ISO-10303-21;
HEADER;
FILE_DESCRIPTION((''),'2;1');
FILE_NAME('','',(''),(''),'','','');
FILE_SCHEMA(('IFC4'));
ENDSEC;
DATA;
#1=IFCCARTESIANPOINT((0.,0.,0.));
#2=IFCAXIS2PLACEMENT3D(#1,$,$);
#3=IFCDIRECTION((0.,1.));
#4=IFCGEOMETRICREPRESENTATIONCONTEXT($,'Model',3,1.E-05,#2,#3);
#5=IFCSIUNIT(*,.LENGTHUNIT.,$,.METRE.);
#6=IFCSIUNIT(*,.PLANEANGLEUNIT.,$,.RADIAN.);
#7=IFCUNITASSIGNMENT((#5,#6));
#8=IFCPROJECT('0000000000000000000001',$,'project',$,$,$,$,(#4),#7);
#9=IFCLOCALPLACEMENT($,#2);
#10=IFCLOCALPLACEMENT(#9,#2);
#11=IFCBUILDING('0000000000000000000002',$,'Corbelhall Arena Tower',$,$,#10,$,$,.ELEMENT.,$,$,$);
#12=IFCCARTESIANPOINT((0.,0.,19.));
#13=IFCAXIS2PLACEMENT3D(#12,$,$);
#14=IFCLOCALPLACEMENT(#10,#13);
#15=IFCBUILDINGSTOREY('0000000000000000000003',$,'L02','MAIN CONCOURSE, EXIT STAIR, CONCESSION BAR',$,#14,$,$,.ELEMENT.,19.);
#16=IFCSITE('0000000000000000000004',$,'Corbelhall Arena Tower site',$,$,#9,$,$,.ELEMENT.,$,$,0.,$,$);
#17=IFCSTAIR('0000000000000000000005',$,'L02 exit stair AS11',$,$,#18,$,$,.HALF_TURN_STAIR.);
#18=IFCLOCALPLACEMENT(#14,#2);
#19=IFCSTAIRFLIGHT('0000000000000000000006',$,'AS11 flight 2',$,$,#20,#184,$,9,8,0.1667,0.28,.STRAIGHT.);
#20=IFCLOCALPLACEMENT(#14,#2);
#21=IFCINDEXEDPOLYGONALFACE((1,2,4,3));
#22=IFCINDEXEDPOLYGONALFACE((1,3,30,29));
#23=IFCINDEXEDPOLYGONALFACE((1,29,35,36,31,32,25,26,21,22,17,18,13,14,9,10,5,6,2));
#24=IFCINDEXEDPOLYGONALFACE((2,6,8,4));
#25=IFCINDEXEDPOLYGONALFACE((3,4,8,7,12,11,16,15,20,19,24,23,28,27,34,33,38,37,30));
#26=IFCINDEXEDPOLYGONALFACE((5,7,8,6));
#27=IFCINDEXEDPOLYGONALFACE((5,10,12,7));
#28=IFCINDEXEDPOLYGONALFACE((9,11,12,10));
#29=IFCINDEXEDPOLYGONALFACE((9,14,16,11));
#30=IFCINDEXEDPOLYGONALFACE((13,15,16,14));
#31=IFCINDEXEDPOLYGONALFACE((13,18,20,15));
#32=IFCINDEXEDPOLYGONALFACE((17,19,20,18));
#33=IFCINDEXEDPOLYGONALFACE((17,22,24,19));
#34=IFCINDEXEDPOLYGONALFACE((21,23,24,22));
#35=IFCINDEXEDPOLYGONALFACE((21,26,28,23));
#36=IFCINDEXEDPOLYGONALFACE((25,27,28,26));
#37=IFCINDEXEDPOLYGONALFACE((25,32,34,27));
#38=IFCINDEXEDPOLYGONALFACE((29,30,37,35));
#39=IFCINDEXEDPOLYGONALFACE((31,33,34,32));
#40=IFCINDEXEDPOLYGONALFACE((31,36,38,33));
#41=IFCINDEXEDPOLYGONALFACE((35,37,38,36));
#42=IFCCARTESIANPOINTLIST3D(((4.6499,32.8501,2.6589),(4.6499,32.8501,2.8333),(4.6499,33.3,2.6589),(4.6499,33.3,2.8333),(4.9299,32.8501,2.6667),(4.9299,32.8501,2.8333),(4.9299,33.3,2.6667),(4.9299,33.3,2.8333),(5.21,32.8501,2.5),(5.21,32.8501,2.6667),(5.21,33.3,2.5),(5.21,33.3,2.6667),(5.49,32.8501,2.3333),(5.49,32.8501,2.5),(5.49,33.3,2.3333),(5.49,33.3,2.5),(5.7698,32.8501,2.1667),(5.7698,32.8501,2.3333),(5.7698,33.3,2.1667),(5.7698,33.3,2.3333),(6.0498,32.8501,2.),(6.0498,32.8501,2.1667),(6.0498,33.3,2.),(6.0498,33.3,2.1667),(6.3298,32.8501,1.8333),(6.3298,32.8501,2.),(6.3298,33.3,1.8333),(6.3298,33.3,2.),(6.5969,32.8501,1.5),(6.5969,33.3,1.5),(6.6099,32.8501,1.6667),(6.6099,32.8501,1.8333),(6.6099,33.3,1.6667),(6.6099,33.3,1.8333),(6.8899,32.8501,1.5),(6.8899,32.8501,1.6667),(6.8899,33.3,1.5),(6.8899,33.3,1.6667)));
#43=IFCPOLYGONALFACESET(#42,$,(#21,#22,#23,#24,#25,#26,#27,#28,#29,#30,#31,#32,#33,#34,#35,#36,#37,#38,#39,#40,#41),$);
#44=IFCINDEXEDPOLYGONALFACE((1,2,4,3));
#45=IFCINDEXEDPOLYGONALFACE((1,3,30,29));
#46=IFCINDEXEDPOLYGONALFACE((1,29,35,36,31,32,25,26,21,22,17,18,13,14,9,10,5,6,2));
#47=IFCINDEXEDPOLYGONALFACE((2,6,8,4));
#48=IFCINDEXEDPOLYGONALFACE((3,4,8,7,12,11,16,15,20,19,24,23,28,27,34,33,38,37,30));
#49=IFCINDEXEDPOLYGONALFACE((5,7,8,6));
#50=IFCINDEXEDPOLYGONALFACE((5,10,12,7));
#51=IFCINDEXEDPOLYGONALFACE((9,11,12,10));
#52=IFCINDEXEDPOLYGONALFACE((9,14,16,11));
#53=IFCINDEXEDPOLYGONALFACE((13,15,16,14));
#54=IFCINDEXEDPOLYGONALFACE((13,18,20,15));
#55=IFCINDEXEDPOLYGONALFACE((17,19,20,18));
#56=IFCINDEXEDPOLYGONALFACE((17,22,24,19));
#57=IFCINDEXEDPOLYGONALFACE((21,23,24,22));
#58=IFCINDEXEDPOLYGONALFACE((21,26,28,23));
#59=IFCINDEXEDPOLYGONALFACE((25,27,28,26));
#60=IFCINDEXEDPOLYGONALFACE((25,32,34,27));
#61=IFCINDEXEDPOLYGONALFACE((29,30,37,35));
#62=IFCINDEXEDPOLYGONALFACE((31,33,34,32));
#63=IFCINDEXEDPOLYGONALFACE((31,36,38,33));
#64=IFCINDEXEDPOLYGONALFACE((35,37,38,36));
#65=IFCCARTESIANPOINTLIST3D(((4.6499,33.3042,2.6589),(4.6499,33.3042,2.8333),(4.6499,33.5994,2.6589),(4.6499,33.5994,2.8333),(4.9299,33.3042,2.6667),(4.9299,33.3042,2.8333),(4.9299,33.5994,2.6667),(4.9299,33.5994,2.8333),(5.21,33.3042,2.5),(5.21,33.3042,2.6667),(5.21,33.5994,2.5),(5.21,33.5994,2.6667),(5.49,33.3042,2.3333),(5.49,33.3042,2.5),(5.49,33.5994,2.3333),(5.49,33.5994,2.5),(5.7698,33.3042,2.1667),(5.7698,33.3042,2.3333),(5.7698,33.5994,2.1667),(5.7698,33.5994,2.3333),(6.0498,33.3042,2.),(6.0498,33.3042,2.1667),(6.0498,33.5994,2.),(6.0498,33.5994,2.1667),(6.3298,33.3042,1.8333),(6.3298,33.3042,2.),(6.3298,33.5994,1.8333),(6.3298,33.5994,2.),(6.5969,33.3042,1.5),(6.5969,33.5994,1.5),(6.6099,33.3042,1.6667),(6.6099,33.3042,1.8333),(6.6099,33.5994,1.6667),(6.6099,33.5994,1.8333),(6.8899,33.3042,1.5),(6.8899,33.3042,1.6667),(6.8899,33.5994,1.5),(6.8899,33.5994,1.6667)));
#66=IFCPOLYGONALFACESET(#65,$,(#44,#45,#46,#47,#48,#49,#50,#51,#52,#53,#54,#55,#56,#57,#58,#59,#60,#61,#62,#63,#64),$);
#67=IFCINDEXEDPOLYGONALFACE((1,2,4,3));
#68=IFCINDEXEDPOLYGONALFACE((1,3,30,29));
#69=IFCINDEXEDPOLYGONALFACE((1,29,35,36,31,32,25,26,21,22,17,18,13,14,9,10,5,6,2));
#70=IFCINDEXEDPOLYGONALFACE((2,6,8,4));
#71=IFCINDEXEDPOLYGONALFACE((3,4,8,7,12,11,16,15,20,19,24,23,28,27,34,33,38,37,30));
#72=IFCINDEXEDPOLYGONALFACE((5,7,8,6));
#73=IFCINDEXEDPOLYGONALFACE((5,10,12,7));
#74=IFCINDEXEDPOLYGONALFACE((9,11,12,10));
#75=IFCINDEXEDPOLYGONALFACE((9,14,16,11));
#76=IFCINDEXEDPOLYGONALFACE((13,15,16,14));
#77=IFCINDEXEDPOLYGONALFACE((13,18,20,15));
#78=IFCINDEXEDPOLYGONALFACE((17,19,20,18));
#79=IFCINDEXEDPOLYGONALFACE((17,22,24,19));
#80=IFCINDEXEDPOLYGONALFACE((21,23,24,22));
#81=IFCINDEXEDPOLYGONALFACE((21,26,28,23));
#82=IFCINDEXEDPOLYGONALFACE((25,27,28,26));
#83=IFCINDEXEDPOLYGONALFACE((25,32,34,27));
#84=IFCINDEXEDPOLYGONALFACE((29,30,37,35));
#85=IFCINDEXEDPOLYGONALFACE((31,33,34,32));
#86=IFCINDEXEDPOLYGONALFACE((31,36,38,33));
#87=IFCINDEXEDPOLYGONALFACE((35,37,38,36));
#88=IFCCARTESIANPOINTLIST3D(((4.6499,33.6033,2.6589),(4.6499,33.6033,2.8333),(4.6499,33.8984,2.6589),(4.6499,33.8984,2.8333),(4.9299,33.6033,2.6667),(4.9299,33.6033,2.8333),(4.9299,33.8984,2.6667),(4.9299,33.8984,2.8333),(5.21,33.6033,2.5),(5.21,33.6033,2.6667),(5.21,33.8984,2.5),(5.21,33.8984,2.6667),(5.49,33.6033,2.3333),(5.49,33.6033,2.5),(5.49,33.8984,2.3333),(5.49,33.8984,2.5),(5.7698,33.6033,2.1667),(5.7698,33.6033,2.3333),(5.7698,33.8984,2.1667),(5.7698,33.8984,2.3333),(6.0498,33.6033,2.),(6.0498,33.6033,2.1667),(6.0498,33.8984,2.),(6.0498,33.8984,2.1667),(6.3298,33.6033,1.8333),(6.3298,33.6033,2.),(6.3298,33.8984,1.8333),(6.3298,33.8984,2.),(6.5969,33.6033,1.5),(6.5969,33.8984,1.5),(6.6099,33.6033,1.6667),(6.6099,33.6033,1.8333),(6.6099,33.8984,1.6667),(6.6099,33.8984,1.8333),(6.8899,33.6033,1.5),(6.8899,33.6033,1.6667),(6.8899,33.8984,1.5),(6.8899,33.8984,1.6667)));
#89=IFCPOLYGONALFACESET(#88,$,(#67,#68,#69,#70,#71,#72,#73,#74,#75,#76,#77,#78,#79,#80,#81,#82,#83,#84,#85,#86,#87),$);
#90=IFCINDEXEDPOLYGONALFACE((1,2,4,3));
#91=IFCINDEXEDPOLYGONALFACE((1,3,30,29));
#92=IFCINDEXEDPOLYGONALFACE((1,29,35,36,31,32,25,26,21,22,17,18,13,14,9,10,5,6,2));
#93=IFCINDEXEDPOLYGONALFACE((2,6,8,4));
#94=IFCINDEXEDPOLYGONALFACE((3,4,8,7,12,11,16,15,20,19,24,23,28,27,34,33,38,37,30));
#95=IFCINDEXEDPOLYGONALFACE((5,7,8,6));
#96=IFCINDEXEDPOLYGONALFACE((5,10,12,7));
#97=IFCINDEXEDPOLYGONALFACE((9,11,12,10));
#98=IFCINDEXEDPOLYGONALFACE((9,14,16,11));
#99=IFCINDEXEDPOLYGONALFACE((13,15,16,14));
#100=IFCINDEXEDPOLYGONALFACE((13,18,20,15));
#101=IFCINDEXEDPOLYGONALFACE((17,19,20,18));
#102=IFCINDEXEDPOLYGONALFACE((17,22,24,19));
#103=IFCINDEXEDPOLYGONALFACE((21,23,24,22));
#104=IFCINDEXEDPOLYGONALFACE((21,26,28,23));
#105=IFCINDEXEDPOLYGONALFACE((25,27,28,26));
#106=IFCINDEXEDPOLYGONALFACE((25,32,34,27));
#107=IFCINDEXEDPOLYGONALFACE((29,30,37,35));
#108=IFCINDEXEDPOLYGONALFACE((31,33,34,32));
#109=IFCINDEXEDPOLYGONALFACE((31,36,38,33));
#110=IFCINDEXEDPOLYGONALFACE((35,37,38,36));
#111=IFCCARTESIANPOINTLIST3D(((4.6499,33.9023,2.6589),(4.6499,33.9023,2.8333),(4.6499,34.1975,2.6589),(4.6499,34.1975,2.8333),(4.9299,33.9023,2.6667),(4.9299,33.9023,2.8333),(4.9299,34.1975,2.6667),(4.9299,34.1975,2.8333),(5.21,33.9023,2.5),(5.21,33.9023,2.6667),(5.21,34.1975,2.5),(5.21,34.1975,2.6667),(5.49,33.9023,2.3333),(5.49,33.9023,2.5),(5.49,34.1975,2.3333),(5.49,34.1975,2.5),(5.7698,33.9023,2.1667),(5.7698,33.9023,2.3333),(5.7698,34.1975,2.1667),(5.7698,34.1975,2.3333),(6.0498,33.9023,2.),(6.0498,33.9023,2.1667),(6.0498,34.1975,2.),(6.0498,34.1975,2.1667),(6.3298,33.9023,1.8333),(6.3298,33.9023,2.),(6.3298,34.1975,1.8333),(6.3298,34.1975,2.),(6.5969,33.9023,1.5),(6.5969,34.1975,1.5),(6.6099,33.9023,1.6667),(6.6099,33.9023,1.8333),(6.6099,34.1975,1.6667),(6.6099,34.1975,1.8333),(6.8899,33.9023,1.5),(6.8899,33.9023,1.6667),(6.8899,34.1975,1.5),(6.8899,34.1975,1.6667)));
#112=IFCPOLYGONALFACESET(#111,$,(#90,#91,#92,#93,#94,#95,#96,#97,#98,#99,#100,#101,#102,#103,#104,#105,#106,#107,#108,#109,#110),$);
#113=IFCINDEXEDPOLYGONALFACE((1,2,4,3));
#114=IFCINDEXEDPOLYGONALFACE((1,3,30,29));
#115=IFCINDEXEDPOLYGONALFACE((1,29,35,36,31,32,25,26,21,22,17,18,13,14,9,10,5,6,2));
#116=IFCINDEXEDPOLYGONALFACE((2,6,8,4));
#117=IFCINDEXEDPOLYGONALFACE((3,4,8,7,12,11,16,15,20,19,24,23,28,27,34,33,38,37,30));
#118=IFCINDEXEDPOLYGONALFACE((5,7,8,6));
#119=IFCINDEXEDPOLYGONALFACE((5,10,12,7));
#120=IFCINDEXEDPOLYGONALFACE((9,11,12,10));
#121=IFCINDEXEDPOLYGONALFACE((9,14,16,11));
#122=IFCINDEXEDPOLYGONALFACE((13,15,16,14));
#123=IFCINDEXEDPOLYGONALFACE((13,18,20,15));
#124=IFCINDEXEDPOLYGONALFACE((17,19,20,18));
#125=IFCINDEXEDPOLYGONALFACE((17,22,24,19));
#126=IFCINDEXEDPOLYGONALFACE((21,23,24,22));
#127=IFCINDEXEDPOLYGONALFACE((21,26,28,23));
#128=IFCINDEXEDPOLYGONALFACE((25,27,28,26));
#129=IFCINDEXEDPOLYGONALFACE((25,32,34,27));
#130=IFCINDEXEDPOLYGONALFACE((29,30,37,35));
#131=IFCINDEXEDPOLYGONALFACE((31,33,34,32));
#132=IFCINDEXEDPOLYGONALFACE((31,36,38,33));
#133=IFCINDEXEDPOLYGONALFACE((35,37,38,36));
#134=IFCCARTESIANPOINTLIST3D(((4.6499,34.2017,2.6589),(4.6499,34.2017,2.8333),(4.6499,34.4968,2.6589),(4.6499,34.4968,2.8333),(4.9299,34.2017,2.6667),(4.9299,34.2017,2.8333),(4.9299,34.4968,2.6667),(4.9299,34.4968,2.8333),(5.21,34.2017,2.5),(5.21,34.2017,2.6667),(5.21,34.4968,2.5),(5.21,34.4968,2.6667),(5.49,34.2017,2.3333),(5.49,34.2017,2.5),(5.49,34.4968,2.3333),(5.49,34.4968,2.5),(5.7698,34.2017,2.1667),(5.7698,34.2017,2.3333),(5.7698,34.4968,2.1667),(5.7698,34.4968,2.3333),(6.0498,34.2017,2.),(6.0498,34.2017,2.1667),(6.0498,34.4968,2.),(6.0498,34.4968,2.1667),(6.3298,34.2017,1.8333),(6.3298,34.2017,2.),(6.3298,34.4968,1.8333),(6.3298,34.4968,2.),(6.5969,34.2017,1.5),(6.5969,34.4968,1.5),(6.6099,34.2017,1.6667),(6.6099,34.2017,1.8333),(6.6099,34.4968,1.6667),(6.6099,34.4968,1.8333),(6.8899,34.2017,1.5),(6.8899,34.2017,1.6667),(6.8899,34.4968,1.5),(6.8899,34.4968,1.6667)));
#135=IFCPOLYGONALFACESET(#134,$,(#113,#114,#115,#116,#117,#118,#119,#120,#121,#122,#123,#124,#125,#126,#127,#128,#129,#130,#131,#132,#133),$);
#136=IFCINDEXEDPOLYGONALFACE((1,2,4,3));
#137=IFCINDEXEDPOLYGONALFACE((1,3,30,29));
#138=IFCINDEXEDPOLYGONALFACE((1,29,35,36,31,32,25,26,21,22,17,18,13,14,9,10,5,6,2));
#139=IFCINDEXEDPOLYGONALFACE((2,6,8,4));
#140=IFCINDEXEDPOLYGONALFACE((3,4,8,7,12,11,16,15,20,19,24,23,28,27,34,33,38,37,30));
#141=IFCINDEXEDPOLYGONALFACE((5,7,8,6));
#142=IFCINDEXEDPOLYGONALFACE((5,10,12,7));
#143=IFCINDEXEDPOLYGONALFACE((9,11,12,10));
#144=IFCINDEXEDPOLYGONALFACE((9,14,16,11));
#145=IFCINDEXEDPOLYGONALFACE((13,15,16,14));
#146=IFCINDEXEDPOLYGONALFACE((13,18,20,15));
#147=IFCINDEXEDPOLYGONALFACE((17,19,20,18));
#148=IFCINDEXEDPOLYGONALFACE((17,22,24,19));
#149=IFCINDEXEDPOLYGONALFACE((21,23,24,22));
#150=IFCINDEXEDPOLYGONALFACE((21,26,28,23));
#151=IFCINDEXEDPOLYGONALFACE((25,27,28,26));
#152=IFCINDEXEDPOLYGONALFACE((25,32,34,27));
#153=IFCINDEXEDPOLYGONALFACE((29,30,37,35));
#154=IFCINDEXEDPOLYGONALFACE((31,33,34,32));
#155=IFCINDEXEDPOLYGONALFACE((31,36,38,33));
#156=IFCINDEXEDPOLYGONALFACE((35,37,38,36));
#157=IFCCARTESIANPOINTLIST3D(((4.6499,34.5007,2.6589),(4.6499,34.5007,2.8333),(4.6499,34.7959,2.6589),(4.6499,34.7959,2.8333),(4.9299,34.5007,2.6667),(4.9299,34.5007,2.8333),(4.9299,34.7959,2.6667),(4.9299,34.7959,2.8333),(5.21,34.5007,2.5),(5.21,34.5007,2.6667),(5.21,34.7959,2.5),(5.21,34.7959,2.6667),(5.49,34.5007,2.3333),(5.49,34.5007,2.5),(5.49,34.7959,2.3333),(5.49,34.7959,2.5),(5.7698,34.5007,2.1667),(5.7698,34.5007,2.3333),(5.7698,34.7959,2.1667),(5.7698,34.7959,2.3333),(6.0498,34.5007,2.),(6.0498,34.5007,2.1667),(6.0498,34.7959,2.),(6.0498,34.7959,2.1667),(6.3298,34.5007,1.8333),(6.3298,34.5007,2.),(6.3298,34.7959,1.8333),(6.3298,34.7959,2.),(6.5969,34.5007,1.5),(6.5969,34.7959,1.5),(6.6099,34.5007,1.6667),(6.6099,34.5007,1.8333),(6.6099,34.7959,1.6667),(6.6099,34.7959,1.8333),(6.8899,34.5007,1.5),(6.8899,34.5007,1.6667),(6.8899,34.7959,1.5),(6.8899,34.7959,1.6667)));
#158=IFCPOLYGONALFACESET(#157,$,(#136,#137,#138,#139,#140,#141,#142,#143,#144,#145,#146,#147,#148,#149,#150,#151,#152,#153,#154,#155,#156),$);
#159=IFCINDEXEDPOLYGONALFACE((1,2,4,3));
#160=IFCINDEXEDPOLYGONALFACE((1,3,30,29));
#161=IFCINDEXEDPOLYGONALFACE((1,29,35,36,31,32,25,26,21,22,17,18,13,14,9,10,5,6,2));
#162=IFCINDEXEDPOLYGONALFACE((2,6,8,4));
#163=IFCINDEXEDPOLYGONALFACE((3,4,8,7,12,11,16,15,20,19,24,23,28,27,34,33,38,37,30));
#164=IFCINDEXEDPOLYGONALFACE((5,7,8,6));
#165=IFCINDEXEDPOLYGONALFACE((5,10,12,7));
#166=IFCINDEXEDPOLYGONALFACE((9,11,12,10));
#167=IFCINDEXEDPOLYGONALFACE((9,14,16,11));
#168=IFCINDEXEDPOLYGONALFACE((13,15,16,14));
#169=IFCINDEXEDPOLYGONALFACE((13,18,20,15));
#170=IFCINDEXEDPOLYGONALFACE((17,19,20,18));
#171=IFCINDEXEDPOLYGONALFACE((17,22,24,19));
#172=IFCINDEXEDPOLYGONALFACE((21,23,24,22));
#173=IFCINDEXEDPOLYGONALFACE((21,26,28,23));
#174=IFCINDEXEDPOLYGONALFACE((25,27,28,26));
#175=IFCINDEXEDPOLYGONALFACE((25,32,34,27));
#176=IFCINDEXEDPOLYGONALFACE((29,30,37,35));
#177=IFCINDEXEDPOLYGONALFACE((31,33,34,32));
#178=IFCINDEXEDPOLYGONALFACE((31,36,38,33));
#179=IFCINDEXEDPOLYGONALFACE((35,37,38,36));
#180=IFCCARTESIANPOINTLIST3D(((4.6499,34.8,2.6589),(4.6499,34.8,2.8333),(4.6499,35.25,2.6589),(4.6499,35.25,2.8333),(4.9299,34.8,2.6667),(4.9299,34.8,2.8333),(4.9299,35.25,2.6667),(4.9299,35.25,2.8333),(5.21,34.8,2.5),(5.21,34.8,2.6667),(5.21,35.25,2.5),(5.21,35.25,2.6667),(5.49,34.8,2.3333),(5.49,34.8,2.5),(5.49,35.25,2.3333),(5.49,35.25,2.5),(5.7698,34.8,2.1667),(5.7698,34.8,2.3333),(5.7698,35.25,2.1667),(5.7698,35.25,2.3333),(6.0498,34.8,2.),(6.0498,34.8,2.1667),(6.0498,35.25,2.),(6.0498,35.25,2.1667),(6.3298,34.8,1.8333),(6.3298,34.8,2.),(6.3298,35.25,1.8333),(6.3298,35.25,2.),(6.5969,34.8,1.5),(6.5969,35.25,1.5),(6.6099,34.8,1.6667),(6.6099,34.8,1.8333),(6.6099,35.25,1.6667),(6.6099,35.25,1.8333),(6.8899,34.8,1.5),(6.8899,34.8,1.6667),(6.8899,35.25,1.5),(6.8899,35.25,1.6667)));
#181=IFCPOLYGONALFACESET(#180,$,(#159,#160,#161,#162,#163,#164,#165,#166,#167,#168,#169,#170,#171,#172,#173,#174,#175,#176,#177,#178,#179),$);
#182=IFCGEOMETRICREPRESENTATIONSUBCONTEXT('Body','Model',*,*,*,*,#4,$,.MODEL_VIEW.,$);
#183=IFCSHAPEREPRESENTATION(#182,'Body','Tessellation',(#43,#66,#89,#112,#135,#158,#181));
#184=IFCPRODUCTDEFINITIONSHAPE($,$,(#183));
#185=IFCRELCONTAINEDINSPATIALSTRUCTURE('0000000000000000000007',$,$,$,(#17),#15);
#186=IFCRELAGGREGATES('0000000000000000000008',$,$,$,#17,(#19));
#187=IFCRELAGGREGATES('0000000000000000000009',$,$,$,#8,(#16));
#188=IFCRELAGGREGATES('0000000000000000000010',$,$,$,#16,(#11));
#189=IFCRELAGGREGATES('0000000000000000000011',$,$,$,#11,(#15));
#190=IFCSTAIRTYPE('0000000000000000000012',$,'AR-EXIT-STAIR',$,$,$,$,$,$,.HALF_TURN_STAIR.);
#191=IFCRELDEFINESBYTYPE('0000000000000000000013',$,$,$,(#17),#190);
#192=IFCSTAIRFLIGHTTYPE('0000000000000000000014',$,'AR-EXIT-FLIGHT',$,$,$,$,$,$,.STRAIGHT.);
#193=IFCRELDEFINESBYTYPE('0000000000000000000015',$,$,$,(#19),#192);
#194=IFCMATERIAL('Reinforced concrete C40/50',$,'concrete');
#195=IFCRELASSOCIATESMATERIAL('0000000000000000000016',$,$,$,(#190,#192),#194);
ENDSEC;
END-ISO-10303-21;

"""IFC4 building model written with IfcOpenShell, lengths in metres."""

from ifc_helpers import new_model, si_unit, direction, frame, origin, place, context, subcontext, project, spatial, polyline, outline, extrude, material, type_object, element, aggregate, save


model = new_model("IFC4")

# Units and contexts
model_context = context("Model", 3, precision=1e-05, world=origin(), true_north=direction((0.0, 1.0)))
body_context = subcontext(model_context, "Body", "Model", "MODEL_VIEW")
ifc_project = project(units=[si_unit("LENGTHUNIT", "METRE"), si_unit("PLANEANGLEUNIT", "RADIAN")], contexts=[model_context])

# Site, building, storey
site_placement = place(None, origin())
site = spatial("IfcSite", under=ifc_project, at=site_placement, Name="Corbelhall Arena Tower site", CompositionType="ELEMENT", RefElevation=0.0)
building_placement = place(site_placement, origin())
building = spatial("IfcBuilding", under=site, at=building_placement, Name="Corbelhall Arena Tower", CompositionType="ELEMENT")
storey_placement = place(building_placement, frame((0.0, 0.0, 19.0)))
storey = spatial("IfcBuildingStorey", under=building, at=storey_placement, Name="L02", Description="MAIN CONCOURSE, EXIT STAIR, CONCESSION BAR", CompositionType="ELEMENT", Elevation=19.0)

# Shared definitions
ifc_material_1 = material(Name="Reinforced concrete C40/50", Category="concrete")

# Stair, stair flight
stair_type = type_object("IfcStairType", Name="AR-EXIT-STAIR", PredefinedType="HALF_TURN_STAIR", material=ifc_material_1)
stair_1_placement = place(storey_placement, origin())
stair_1 = element("IfcStair", 1, at=stair_1_placement, inside=storey, type_object=stair_type, Name="L02 exit stair AS11", PredefinedType="HALF_TURN_STAIR")
stair_flight_type = type_object("IfcStairFlightType", Name="AR-EXIT-FLIGHT", PredefinedType="STRAIGHT", material=ifc_material_1)
stair_flight_1_placement = place(storey_placement, frame((6.8899, 34.05, 1.5), z_axis=(0.0, 0.0, 1.0), x_axis=(-1.0, 0.0, 0.0)))
stair_flight_1 = element("IfcStairFlight", 2, at=stair_flight_1_placement, type_object=stair_flight_type, Name="AS11 flight 2", NumberOfRisers=9, NumberOfTreads=8, PredefinedType="STRAIGHT", RiserHeight=0.1667, TreadLength=0.28, context=body_context, shape_type="SweptSolid", body=[
    extrude(outline(polyline([(0.0, 0.0), (0.0, 0.1667), (0.28, 0.1667), (0.28, 0.3333), (0.5601, 0.3333), (0.5601, 0.5), (0.8401, 0.5), (0.8401, 0.6667), (1.1201, 0.6667), (1.1201, 0.8333), (1.3999, 0.8333), (1.3999, 1.0), (1.6799, 1.0), (1.6799, 1.1667), (1.96, 1.1667), (1.96, 1.3333), (2.24, 1.3333), (2.24, 1.5), (2.24, 1.1589), (0.293, 0.0), (0.0, 0.0)])), frame((0.0, 1.2, 0.0), z_axis=(0.0, -1.0, 0.0), x_axis=(1.0, 0.0, 0.0)), (0.0, 0.0, 1.0), 0.45),
    extrude(outline(polyline([(0.0, 0.0), (0.0, 0.1667), (0.28, 0.1667), (0.28, 0.3333), (0.5601, 0.3333), (0.5601, 0.5), (0.8401, 0.5), (0.8401, 0.6667), (1.1201, 0.6667), (1.1201, 0.8333), (1.3999, 0.8333), (1.3999, 1.0), (1.6799, 1.0), (1.6799, 1.1667), (1.96, 1.1667), (1.96, 1.3333), (2.24, 1.3333), (2.24, 1.5), (2.24, 1.1589), (0.293, 0.0), (0.0, 0.0)])), frame((0.0, 0.7458, 0.0), z_axis=(0.0, -1.0, 0.0), x_axis=(1.0, 0.0, 0.0)), (0.0, 0.0, 1.0), 0.2952),
    extrude(outline(polyline([(0.0, 0.0), (0.0, 0.1667), (0.28, 0.1667), (0.28, 0.3333), (0.5601, 0.3333), (0.5601, 0.5), (0.8401, 0.5), (0.8401, 0.6667), (1.1201, 0.6667), (1.1201, 0.8333), (1.3999, 0.8333), (1.3999, 1.0), (1.6799, 1.0), (1.6799, 1.1667), (1.96, 1.1667), (1.96, 1.3333), (2.24, 1.3333), (2.24, 1.5), (2.24, 1.1589), (0.293, 0.0), (0.0, 0.0)])), frame((0.0, 0.4468, 0.0), z_axis=(0.0, -1.0, 0.0), x_axis=(1.0, 0.0, 0.0)), (0.0, 0.0, 1.0), 0.2952),
    extrude(outline(polyline([(0.0, 0.0), (0.0, 0.1667), (0.28, 0.1667), (0.28, 0.3333), (0.5601, 0.3333), (0.5601, 0.5), (0.8401, 0.5), (0.8401, 0.6667), (1.1201, 0.6667), (1.1201, 0.8333), (1.3999, 0.8333), (1.3999, 1.0), (1.6799, 1.0), (1.6799, 1.1667), (1.96, 1.1667), (1.96, 1.3333), (2.24, 1.3333), (2.24, 1.5), (2.24, 1.1589), (0.293, 0.0), (0.0, 0.0)])), frame((0.0, 0.1477, 0.0), z_axis=(0.0, -1.0, 0.0), x_axis=(1.0, 0.0, 0.0)), (0.0, 0.0, 1.0), 0.2952),
    extrude(outline(polyline([(0.0, 0.0), (0.0, 0.1667), (0.28, 0.1667), (0.28, 0.3333), (0.5601, 0.3333), (0.5601, 0.5), (0.8401, 0.5), (0.8401, 0.6667), (1.1201, 0.6667), (1.1201, 0.8333), (1.3999, 0.8333), (1.3999, 1.0), (1.6799, 1.0), (1.6799, 1.1667), (1.96, 1.1667), (1.96, 1.3333), (2.24, 1.3333), (2.24, 1.5), (2.24, 1.1589), (0.293, 0.0), (0.0, 0.0)])), frame((0.0, -0.1516, 0.0), z_axis=(0.0, -1.0, 0.0), x_axis=(1.0, 0.0, 0.0)), (0.0, 0.0, 1.0), 0.2952),
    extrude(outline(polyline([(0.0, 0.0), (0.0, 0.1667), (0.28, 0.1667), (0.28, 0.3333), (0.5601, 0.3333), (0.5601, 0.5), (0.8401, 0.5), (0.8401, 0.6667), (1.1201, 0.6667), (1.1201, 0.8333), (1.3999, 0.8333), (1.3999, 1.0), (1.6799, 1.0), (1.6799, 1.1667), (1.96, 1.1667), (1.96, 1.3333), (2.24, 1.3333), (2.24, 1.5), (2.24, 1.1589), (0.293, 0.0), (0.0, 0.0)])), frame((0.0, -0.4507, 0.0), z_axis=(0.0, -1.0, 0.0), x_axis=(1.0, 0.0, 0.0)), (0.0, 0.0, 1.0), 0.2952),
    extrude(outline(polyline([(0.0, 0.0), (0.0, 0.1667), (0.28, 0.1667), (0.28, 0.3333), (0.5601, 0.3333), (0.5601, 0.5), (0.8401, 0.5), (0.8401, 0.6667), (1.1201, 0.6667), (1.1201, 0.8333), (1.3999, 0.8333), (1.3999, 1.0), (1.6799, 1.0), (1.6799, 1.1667), (1.96, 1.1667), (1.96, 1.3333), (2.24, 1.3333), (2.24, 1.5), (2.24, 1.1589), (0.293, 0.0), (0.0, 0.0)])), frame((0.0, -0.75, 0.0), z_axis=(0.0, -1.0, 0.0), x_axis=(1.0, 0.0, 0.0)), (0.0, 0.0, 1.0), 0.45),
])
aggregate(stair_1, [stair_flight_1])

save(model, "model.ifc")
